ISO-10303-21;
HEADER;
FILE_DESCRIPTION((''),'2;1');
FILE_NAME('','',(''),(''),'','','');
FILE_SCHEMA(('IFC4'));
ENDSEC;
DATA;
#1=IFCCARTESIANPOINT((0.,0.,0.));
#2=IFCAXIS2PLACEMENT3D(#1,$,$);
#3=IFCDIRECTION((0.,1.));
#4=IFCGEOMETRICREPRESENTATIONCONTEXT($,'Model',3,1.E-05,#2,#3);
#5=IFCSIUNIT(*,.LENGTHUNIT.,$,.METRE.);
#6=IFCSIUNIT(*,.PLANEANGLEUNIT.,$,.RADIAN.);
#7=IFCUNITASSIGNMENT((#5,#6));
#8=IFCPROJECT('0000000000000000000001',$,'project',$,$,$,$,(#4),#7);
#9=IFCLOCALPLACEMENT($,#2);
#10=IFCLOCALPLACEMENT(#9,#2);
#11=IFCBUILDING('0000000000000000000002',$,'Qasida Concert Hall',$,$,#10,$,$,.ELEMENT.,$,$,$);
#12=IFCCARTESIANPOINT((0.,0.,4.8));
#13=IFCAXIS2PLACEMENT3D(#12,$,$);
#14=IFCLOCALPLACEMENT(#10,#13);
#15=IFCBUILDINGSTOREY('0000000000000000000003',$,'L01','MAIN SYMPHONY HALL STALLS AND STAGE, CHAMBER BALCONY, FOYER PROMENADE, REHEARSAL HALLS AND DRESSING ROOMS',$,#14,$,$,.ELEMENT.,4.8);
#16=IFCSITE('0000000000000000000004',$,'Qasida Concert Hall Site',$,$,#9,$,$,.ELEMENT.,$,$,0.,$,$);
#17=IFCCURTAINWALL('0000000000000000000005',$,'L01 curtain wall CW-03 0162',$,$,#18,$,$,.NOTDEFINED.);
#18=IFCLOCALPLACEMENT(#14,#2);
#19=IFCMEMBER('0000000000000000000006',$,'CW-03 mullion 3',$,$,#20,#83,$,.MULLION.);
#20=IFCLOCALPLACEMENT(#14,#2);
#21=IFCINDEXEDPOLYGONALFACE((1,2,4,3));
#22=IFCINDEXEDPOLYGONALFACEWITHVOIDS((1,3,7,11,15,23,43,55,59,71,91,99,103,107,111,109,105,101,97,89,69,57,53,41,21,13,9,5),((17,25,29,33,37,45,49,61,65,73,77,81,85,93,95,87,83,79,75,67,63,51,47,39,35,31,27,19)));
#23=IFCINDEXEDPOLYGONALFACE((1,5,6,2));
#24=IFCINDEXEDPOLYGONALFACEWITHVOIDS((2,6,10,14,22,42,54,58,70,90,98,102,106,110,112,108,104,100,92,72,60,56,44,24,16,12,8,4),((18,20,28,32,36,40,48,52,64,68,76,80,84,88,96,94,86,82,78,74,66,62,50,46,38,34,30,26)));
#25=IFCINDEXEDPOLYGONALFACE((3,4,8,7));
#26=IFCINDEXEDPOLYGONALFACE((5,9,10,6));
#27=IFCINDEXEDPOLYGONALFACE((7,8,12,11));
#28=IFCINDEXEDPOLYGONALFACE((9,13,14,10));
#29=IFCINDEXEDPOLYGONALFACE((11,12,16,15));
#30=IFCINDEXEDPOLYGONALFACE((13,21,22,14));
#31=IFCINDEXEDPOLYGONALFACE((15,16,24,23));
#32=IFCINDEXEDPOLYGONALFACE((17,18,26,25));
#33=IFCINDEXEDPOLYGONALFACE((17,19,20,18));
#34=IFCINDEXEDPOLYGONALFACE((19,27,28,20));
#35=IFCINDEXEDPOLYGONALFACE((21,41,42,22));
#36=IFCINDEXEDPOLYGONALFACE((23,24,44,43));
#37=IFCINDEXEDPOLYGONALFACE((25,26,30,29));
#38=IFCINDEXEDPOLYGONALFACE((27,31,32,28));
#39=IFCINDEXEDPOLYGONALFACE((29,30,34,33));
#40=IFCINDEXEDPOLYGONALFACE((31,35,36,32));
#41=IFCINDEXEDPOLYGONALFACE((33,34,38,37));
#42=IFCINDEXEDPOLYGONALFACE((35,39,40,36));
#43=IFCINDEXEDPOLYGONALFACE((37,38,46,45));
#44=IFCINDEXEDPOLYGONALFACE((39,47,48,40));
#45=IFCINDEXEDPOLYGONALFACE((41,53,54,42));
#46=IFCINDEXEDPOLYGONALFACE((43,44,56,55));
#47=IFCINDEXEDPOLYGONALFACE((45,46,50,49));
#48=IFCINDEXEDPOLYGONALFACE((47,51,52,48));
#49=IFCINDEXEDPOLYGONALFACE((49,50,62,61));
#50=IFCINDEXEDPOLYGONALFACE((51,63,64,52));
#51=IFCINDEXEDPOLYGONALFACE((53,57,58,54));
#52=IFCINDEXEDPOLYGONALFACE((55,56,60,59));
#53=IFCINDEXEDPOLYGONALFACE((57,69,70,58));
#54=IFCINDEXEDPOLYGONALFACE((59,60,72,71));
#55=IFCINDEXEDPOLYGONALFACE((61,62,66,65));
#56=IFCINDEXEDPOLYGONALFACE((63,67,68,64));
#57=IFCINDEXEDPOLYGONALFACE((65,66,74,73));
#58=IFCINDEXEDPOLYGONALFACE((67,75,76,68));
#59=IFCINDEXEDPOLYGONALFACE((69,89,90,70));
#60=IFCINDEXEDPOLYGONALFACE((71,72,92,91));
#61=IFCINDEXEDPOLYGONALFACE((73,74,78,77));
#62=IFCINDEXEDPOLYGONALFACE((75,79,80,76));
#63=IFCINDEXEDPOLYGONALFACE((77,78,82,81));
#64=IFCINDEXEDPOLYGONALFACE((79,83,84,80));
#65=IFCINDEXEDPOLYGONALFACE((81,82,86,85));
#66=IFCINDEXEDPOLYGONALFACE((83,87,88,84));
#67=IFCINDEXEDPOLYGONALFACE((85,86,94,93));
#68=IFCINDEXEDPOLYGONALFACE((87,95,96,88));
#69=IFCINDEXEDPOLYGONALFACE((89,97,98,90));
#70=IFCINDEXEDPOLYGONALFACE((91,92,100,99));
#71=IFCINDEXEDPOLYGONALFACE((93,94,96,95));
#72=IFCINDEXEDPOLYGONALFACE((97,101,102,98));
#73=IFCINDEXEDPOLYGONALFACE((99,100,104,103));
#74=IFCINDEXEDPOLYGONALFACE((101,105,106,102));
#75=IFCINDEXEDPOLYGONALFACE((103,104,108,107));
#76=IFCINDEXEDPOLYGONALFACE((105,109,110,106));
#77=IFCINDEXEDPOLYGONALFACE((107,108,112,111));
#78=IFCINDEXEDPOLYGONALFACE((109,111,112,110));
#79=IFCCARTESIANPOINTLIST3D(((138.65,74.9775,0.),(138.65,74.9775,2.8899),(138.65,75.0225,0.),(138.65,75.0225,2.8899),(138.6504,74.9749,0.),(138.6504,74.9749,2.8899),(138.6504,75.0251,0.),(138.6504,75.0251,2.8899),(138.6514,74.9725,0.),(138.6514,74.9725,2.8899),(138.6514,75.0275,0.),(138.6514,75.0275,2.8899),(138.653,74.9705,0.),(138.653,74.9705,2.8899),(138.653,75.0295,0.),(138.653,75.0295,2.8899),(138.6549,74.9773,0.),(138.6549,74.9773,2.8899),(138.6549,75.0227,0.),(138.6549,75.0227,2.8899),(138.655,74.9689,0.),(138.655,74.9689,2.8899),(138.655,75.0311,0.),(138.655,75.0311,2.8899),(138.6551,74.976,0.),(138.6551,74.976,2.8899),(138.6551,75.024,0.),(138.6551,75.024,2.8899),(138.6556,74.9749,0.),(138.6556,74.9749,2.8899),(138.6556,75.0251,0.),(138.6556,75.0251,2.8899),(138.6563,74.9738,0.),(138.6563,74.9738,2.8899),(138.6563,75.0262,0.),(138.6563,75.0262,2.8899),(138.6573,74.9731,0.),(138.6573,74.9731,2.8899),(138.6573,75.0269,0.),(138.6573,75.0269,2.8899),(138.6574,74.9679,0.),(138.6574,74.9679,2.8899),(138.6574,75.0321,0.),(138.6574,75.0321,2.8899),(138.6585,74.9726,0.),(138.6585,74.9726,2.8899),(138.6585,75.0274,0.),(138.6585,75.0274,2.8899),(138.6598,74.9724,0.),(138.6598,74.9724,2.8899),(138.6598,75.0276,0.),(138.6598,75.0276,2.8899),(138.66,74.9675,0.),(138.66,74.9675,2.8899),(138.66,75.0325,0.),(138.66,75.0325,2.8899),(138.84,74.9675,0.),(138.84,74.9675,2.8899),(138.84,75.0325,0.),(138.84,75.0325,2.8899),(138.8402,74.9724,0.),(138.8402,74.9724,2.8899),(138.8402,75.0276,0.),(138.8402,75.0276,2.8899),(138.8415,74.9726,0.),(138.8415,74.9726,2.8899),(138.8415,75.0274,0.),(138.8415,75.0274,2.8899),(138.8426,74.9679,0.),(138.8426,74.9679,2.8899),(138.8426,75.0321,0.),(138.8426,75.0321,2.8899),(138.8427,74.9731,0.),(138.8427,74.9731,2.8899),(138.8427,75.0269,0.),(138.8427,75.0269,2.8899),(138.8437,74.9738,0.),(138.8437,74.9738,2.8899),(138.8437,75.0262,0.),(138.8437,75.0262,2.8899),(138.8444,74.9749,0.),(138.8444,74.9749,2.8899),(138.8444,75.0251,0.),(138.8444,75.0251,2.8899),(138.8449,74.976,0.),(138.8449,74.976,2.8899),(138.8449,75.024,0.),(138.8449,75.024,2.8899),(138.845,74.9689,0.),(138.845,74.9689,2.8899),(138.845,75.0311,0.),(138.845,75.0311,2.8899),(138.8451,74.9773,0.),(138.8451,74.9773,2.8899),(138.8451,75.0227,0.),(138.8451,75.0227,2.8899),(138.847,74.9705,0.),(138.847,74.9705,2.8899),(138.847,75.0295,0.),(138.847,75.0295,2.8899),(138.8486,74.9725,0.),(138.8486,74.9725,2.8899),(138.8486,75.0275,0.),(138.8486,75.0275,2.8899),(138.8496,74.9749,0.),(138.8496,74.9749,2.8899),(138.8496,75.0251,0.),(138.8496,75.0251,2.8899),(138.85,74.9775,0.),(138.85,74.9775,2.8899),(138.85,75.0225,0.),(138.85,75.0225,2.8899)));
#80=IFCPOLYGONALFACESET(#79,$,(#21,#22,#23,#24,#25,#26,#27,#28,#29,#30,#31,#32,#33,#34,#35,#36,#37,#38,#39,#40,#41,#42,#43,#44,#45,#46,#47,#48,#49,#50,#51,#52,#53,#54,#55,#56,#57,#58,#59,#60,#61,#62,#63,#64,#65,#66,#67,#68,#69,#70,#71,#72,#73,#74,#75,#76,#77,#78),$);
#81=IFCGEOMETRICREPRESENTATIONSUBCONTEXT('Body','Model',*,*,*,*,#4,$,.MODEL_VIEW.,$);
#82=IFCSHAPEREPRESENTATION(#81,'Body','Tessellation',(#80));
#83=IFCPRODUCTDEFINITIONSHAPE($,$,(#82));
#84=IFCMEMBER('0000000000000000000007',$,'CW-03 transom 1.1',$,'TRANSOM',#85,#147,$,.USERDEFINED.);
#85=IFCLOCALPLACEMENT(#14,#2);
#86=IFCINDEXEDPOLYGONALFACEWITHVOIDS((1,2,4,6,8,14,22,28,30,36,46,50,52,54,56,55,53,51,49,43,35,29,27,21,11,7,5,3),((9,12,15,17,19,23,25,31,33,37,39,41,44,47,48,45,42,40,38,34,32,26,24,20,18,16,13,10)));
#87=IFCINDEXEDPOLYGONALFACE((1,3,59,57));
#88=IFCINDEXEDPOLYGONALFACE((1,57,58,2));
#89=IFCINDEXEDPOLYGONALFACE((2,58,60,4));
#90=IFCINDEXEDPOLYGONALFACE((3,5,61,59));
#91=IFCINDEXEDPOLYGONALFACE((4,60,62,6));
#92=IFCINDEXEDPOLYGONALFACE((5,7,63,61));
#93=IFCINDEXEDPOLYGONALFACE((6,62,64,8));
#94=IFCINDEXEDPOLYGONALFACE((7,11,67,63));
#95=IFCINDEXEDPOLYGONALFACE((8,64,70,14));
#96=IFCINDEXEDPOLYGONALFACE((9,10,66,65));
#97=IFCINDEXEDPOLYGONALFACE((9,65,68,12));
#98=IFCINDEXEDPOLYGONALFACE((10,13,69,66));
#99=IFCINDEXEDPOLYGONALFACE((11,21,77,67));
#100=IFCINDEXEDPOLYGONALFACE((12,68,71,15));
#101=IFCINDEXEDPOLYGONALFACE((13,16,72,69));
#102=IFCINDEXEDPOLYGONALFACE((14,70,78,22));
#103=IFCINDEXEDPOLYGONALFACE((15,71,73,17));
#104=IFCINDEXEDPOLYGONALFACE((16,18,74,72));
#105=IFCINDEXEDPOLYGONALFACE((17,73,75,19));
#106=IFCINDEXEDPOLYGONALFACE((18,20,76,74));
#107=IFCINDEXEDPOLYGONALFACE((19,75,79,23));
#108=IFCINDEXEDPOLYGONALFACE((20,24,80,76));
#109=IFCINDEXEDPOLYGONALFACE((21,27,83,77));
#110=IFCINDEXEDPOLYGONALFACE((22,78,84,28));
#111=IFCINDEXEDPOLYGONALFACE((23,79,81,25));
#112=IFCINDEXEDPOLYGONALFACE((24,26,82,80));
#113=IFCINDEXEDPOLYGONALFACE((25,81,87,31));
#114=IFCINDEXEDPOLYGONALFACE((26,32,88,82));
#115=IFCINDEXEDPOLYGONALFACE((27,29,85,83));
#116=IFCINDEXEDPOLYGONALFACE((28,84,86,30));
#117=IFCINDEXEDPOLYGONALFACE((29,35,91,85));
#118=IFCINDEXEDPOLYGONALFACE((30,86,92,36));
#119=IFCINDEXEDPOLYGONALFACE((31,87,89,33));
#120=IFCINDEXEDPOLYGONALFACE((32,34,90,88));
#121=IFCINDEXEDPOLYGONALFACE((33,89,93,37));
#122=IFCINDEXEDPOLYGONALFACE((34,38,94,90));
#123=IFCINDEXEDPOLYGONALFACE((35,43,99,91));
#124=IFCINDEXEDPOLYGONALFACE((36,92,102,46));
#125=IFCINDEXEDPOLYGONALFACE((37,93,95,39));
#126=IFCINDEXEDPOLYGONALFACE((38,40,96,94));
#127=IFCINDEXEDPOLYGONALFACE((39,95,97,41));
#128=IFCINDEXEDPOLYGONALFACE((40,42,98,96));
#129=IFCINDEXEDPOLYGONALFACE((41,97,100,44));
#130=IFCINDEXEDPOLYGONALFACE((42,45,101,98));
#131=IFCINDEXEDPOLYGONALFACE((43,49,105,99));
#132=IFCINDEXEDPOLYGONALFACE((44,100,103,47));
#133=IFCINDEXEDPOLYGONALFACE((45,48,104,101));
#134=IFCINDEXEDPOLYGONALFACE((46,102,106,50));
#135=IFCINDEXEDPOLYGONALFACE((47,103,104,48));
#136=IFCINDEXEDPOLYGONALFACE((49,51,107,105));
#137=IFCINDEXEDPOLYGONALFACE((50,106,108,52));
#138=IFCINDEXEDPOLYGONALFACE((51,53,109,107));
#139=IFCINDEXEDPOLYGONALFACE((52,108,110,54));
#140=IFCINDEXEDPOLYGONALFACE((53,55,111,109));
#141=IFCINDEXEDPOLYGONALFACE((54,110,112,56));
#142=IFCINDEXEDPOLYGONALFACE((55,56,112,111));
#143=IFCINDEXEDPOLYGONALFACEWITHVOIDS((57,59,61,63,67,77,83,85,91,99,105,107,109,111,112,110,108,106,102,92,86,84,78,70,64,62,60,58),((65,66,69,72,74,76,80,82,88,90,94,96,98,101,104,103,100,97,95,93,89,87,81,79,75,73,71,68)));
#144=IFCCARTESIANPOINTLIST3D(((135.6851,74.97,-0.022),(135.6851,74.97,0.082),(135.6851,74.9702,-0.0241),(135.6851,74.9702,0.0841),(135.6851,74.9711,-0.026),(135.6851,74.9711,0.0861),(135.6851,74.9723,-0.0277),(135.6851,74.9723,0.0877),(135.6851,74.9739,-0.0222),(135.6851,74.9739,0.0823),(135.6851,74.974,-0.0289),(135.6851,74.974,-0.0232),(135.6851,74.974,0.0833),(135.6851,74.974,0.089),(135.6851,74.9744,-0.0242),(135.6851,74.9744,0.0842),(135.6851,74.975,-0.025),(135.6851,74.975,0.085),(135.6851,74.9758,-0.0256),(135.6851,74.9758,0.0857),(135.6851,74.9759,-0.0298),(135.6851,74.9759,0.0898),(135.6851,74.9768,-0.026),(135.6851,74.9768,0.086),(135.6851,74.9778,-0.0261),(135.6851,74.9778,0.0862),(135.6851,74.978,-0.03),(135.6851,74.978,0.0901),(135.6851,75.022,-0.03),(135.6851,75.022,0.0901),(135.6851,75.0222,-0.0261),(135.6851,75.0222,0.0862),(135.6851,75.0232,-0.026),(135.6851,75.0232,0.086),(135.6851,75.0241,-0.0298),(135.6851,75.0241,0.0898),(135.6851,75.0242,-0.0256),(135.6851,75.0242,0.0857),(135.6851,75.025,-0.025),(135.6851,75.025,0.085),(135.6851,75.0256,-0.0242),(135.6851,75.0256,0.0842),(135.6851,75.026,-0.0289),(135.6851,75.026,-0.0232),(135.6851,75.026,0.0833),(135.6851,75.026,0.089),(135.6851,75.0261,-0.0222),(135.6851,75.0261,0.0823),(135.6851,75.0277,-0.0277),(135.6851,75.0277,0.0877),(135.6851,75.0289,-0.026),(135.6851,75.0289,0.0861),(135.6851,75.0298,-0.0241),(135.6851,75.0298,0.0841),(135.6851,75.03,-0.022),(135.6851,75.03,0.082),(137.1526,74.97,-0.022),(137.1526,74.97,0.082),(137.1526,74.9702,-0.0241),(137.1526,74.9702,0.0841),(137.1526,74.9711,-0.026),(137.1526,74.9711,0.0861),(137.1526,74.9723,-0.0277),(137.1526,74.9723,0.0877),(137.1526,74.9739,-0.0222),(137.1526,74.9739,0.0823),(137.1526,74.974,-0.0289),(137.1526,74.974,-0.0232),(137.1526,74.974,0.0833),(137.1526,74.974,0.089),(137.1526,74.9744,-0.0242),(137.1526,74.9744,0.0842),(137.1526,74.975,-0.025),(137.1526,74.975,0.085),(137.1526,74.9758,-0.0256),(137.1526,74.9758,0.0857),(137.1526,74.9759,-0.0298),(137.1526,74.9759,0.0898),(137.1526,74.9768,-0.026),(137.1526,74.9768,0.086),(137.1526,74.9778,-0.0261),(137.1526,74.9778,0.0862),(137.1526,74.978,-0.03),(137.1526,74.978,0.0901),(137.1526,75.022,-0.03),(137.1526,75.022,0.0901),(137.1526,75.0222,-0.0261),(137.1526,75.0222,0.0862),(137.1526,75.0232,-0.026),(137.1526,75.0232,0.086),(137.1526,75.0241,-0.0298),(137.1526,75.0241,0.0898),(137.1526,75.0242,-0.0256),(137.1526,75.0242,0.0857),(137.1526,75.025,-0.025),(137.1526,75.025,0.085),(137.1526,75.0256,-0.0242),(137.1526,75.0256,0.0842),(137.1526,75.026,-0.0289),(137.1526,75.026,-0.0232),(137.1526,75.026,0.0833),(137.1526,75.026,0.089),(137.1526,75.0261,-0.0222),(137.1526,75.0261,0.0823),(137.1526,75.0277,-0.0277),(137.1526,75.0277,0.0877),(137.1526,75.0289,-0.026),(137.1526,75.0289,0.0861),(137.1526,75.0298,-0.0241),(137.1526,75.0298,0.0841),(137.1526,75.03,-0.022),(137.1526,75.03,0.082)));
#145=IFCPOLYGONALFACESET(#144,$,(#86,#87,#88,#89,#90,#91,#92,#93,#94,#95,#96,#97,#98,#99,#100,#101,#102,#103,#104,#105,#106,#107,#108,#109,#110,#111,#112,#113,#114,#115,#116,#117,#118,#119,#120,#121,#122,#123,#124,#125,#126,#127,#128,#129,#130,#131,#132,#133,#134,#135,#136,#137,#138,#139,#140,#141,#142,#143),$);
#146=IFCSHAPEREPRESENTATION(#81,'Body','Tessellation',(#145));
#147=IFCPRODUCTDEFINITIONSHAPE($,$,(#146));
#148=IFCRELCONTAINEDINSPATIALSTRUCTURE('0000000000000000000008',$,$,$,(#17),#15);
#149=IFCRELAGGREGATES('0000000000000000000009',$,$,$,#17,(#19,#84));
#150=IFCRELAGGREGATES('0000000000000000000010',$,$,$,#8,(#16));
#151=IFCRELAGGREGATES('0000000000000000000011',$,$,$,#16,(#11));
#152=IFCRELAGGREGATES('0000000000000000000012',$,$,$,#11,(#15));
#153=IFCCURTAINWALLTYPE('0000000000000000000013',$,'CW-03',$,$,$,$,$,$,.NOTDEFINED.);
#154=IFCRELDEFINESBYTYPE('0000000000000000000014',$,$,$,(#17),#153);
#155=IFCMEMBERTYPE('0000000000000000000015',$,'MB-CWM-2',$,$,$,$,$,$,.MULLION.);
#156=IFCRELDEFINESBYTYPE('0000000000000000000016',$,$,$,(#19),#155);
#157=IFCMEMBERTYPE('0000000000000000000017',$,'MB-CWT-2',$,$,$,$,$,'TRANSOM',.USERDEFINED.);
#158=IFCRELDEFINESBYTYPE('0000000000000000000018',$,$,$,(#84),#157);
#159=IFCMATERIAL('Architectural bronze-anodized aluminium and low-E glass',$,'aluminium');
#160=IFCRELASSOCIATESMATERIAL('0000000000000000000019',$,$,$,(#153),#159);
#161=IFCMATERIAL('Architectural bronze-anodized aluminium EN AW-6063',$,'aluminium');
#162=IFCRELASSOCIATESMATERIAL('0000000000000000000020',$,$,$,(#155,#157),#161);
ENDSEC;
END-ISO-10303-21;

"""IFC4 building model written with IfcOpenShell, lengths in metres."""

from ifc_helpers import new_model, si_unit, direction, frame, origin, origin_2d, place, context, subcontext, project, spatial, hollow_rectangle, extrude, material, material_profile, profile_set, type_object, element, aggregate, save


model = new_model("IFC4")

# Units and contexts
model_context = context("Model", 3, precision=1e-05, world=origin(), true_north=direction((0.0, 1.0)))
body_context = subcontext(model_context, "Body", "Model", "MODEL_VIEW")
ifc_project = project(units=[si_unit("LENGTHUNIT", "METRE"), si_unit("PLANEANGLEUNIT", "RADIAN")], contexts=[model_context])

# Site, building, storey
site_placement = place(None, origin())
site = spatial("IfcSite", under=ifc_project, at=site_placement, Name="Qasida Concert Hall Site", CompositionType="ELEMENT", RefElevation=0.0)
building_placement = place(site_placement, origin())
building = spatial("IfcBuilding", under=site, at=building_placement, Name="Qasida Concert Hall", CompositionType="ELEMENT")
storey_placement = place(building_placement, frame((0.0, 0.0, 4.8)))
storey = spatial("IfcBuildingStorey", under=building, at=storey_placement, Name="L01", Description="MAIN SYMPHONY HALL STALLS AND STAGE, CHAMBER BALCONY, FOYER PROMENADE, REHEARSAL HALLS AND DRESSING ROOMS", CompositionType="ELEMENT", Elevation=4.8)

# Curtain wall, members
ifc_material_1 = material(Name="Architectural bronze-anodized aluminium and low-E glass", Category="aluminium")
curtain_wall_type = type_object("IfcCurtainWallType", Name="CW-03", PredefinedType="NOTDEFINED", material=ifc_material_1)
curtain_wall_placement = place(storey_placement, origin())
curtain_wall = element("IfcCurtainWall", 1, at=curtain_wall_placement, inside=storey, type_object=curtain_wall_type, Name="L01 curtain wall CW-03 0162", PredefinedType="NOTDEFINED")
ifc_material_2 = material(Name="Architectural bronze-anodized aluminium EN AW-6063", Category="aluminium")
ifc_material_profile_1 = material_profile(ifc_material_2, hollow_rectangle(XDim=0.0649, YDim=0.2, WallThickness=0.0049, InnerFilletRadius=0.0049, OuterFilletRadius=0.01, at=origin_2d()), Name="CWM 200x65x5")
ifc_profile_set_1 = profile_set([ifc_material_profile_1], Name="Architectural bronze-anodized aluminium EN AW-6063")
member_type_1 = type_object("IfcMemberType", Name="MB-CWM-2", PredefinedType="MULLION", material=ifc_profile_set_1)
member_1_placement = place(storey_placement, frame((138.75, 75.0, 0.0), z_axis=(0.0, 0.0, 1.0), x_axis=(0.0, 1.0, 0.0)))
member_1 = element("IfcMember", 2, at=member_1_placement, type_object=member_type_1, Name="CW-03 mullion 3", PredefinedType="MULLION", context=body_context, shape_type="SweptSolid", body=[
    extrude(hollow_rectangle(XDim=0.0649, YDim=0.2, WallThickness=0.0049, InnerFilletRadius=0.0049, OuterFilletRadius=0.01, at=origin_2d()), origin(), (0.0, 0.0, 1.0), 2.8899),
])
ifc_material_profile_2 = material_profile(ifc_material_2, hollow_rectangle(XDim=0.0601, YDim=0.1201, WallThickness=0.0039, InnerFilletRadius=0.0039, OuterFilletRadius=0.0081, at=origin_2d()), Name="CWT 120x60x4")
ifc_profile_set_2 = profile_set([ifc_material_profile_2], Name="Architectural bronze-anodized aluminium EN AW-6063")
member_type_2 = type_object("IfcMemberType", Name="MB-CWT-2", ElementType="TRANSOM", PredefinedType="USERDEFINED", material=ifc_profile_set_2)
member_2_placement = place(storey_placement, frame((135.6851, 75.0, 0.03), z_axis=(1.0, 0.0, 0.0), x_axis=(0.0, 1.0, 0.0)))
member_2 = element("IfcMember", 3, at=member_2_placement, type_object=member_type_2, Name="CW-03 transom 1.1", ObjectType="TRANSOM", PredefinedType="USERDEFINED", context=body_context, shape_type="SweptSolid", body=[
    extrude(hollow_rectangle(XDim=0.0601, YDim=0.1201, WallThickness=0.0039, InnerFilletRadius=0.0039, OuterFilletRadius=0.0081, at=origin_2d()), origin(), (0.0, 0.0, 1.0), 1.4675),
])
aggregate(curtain_wall, [member_1, member_2])

save(model, "model.ifc")
